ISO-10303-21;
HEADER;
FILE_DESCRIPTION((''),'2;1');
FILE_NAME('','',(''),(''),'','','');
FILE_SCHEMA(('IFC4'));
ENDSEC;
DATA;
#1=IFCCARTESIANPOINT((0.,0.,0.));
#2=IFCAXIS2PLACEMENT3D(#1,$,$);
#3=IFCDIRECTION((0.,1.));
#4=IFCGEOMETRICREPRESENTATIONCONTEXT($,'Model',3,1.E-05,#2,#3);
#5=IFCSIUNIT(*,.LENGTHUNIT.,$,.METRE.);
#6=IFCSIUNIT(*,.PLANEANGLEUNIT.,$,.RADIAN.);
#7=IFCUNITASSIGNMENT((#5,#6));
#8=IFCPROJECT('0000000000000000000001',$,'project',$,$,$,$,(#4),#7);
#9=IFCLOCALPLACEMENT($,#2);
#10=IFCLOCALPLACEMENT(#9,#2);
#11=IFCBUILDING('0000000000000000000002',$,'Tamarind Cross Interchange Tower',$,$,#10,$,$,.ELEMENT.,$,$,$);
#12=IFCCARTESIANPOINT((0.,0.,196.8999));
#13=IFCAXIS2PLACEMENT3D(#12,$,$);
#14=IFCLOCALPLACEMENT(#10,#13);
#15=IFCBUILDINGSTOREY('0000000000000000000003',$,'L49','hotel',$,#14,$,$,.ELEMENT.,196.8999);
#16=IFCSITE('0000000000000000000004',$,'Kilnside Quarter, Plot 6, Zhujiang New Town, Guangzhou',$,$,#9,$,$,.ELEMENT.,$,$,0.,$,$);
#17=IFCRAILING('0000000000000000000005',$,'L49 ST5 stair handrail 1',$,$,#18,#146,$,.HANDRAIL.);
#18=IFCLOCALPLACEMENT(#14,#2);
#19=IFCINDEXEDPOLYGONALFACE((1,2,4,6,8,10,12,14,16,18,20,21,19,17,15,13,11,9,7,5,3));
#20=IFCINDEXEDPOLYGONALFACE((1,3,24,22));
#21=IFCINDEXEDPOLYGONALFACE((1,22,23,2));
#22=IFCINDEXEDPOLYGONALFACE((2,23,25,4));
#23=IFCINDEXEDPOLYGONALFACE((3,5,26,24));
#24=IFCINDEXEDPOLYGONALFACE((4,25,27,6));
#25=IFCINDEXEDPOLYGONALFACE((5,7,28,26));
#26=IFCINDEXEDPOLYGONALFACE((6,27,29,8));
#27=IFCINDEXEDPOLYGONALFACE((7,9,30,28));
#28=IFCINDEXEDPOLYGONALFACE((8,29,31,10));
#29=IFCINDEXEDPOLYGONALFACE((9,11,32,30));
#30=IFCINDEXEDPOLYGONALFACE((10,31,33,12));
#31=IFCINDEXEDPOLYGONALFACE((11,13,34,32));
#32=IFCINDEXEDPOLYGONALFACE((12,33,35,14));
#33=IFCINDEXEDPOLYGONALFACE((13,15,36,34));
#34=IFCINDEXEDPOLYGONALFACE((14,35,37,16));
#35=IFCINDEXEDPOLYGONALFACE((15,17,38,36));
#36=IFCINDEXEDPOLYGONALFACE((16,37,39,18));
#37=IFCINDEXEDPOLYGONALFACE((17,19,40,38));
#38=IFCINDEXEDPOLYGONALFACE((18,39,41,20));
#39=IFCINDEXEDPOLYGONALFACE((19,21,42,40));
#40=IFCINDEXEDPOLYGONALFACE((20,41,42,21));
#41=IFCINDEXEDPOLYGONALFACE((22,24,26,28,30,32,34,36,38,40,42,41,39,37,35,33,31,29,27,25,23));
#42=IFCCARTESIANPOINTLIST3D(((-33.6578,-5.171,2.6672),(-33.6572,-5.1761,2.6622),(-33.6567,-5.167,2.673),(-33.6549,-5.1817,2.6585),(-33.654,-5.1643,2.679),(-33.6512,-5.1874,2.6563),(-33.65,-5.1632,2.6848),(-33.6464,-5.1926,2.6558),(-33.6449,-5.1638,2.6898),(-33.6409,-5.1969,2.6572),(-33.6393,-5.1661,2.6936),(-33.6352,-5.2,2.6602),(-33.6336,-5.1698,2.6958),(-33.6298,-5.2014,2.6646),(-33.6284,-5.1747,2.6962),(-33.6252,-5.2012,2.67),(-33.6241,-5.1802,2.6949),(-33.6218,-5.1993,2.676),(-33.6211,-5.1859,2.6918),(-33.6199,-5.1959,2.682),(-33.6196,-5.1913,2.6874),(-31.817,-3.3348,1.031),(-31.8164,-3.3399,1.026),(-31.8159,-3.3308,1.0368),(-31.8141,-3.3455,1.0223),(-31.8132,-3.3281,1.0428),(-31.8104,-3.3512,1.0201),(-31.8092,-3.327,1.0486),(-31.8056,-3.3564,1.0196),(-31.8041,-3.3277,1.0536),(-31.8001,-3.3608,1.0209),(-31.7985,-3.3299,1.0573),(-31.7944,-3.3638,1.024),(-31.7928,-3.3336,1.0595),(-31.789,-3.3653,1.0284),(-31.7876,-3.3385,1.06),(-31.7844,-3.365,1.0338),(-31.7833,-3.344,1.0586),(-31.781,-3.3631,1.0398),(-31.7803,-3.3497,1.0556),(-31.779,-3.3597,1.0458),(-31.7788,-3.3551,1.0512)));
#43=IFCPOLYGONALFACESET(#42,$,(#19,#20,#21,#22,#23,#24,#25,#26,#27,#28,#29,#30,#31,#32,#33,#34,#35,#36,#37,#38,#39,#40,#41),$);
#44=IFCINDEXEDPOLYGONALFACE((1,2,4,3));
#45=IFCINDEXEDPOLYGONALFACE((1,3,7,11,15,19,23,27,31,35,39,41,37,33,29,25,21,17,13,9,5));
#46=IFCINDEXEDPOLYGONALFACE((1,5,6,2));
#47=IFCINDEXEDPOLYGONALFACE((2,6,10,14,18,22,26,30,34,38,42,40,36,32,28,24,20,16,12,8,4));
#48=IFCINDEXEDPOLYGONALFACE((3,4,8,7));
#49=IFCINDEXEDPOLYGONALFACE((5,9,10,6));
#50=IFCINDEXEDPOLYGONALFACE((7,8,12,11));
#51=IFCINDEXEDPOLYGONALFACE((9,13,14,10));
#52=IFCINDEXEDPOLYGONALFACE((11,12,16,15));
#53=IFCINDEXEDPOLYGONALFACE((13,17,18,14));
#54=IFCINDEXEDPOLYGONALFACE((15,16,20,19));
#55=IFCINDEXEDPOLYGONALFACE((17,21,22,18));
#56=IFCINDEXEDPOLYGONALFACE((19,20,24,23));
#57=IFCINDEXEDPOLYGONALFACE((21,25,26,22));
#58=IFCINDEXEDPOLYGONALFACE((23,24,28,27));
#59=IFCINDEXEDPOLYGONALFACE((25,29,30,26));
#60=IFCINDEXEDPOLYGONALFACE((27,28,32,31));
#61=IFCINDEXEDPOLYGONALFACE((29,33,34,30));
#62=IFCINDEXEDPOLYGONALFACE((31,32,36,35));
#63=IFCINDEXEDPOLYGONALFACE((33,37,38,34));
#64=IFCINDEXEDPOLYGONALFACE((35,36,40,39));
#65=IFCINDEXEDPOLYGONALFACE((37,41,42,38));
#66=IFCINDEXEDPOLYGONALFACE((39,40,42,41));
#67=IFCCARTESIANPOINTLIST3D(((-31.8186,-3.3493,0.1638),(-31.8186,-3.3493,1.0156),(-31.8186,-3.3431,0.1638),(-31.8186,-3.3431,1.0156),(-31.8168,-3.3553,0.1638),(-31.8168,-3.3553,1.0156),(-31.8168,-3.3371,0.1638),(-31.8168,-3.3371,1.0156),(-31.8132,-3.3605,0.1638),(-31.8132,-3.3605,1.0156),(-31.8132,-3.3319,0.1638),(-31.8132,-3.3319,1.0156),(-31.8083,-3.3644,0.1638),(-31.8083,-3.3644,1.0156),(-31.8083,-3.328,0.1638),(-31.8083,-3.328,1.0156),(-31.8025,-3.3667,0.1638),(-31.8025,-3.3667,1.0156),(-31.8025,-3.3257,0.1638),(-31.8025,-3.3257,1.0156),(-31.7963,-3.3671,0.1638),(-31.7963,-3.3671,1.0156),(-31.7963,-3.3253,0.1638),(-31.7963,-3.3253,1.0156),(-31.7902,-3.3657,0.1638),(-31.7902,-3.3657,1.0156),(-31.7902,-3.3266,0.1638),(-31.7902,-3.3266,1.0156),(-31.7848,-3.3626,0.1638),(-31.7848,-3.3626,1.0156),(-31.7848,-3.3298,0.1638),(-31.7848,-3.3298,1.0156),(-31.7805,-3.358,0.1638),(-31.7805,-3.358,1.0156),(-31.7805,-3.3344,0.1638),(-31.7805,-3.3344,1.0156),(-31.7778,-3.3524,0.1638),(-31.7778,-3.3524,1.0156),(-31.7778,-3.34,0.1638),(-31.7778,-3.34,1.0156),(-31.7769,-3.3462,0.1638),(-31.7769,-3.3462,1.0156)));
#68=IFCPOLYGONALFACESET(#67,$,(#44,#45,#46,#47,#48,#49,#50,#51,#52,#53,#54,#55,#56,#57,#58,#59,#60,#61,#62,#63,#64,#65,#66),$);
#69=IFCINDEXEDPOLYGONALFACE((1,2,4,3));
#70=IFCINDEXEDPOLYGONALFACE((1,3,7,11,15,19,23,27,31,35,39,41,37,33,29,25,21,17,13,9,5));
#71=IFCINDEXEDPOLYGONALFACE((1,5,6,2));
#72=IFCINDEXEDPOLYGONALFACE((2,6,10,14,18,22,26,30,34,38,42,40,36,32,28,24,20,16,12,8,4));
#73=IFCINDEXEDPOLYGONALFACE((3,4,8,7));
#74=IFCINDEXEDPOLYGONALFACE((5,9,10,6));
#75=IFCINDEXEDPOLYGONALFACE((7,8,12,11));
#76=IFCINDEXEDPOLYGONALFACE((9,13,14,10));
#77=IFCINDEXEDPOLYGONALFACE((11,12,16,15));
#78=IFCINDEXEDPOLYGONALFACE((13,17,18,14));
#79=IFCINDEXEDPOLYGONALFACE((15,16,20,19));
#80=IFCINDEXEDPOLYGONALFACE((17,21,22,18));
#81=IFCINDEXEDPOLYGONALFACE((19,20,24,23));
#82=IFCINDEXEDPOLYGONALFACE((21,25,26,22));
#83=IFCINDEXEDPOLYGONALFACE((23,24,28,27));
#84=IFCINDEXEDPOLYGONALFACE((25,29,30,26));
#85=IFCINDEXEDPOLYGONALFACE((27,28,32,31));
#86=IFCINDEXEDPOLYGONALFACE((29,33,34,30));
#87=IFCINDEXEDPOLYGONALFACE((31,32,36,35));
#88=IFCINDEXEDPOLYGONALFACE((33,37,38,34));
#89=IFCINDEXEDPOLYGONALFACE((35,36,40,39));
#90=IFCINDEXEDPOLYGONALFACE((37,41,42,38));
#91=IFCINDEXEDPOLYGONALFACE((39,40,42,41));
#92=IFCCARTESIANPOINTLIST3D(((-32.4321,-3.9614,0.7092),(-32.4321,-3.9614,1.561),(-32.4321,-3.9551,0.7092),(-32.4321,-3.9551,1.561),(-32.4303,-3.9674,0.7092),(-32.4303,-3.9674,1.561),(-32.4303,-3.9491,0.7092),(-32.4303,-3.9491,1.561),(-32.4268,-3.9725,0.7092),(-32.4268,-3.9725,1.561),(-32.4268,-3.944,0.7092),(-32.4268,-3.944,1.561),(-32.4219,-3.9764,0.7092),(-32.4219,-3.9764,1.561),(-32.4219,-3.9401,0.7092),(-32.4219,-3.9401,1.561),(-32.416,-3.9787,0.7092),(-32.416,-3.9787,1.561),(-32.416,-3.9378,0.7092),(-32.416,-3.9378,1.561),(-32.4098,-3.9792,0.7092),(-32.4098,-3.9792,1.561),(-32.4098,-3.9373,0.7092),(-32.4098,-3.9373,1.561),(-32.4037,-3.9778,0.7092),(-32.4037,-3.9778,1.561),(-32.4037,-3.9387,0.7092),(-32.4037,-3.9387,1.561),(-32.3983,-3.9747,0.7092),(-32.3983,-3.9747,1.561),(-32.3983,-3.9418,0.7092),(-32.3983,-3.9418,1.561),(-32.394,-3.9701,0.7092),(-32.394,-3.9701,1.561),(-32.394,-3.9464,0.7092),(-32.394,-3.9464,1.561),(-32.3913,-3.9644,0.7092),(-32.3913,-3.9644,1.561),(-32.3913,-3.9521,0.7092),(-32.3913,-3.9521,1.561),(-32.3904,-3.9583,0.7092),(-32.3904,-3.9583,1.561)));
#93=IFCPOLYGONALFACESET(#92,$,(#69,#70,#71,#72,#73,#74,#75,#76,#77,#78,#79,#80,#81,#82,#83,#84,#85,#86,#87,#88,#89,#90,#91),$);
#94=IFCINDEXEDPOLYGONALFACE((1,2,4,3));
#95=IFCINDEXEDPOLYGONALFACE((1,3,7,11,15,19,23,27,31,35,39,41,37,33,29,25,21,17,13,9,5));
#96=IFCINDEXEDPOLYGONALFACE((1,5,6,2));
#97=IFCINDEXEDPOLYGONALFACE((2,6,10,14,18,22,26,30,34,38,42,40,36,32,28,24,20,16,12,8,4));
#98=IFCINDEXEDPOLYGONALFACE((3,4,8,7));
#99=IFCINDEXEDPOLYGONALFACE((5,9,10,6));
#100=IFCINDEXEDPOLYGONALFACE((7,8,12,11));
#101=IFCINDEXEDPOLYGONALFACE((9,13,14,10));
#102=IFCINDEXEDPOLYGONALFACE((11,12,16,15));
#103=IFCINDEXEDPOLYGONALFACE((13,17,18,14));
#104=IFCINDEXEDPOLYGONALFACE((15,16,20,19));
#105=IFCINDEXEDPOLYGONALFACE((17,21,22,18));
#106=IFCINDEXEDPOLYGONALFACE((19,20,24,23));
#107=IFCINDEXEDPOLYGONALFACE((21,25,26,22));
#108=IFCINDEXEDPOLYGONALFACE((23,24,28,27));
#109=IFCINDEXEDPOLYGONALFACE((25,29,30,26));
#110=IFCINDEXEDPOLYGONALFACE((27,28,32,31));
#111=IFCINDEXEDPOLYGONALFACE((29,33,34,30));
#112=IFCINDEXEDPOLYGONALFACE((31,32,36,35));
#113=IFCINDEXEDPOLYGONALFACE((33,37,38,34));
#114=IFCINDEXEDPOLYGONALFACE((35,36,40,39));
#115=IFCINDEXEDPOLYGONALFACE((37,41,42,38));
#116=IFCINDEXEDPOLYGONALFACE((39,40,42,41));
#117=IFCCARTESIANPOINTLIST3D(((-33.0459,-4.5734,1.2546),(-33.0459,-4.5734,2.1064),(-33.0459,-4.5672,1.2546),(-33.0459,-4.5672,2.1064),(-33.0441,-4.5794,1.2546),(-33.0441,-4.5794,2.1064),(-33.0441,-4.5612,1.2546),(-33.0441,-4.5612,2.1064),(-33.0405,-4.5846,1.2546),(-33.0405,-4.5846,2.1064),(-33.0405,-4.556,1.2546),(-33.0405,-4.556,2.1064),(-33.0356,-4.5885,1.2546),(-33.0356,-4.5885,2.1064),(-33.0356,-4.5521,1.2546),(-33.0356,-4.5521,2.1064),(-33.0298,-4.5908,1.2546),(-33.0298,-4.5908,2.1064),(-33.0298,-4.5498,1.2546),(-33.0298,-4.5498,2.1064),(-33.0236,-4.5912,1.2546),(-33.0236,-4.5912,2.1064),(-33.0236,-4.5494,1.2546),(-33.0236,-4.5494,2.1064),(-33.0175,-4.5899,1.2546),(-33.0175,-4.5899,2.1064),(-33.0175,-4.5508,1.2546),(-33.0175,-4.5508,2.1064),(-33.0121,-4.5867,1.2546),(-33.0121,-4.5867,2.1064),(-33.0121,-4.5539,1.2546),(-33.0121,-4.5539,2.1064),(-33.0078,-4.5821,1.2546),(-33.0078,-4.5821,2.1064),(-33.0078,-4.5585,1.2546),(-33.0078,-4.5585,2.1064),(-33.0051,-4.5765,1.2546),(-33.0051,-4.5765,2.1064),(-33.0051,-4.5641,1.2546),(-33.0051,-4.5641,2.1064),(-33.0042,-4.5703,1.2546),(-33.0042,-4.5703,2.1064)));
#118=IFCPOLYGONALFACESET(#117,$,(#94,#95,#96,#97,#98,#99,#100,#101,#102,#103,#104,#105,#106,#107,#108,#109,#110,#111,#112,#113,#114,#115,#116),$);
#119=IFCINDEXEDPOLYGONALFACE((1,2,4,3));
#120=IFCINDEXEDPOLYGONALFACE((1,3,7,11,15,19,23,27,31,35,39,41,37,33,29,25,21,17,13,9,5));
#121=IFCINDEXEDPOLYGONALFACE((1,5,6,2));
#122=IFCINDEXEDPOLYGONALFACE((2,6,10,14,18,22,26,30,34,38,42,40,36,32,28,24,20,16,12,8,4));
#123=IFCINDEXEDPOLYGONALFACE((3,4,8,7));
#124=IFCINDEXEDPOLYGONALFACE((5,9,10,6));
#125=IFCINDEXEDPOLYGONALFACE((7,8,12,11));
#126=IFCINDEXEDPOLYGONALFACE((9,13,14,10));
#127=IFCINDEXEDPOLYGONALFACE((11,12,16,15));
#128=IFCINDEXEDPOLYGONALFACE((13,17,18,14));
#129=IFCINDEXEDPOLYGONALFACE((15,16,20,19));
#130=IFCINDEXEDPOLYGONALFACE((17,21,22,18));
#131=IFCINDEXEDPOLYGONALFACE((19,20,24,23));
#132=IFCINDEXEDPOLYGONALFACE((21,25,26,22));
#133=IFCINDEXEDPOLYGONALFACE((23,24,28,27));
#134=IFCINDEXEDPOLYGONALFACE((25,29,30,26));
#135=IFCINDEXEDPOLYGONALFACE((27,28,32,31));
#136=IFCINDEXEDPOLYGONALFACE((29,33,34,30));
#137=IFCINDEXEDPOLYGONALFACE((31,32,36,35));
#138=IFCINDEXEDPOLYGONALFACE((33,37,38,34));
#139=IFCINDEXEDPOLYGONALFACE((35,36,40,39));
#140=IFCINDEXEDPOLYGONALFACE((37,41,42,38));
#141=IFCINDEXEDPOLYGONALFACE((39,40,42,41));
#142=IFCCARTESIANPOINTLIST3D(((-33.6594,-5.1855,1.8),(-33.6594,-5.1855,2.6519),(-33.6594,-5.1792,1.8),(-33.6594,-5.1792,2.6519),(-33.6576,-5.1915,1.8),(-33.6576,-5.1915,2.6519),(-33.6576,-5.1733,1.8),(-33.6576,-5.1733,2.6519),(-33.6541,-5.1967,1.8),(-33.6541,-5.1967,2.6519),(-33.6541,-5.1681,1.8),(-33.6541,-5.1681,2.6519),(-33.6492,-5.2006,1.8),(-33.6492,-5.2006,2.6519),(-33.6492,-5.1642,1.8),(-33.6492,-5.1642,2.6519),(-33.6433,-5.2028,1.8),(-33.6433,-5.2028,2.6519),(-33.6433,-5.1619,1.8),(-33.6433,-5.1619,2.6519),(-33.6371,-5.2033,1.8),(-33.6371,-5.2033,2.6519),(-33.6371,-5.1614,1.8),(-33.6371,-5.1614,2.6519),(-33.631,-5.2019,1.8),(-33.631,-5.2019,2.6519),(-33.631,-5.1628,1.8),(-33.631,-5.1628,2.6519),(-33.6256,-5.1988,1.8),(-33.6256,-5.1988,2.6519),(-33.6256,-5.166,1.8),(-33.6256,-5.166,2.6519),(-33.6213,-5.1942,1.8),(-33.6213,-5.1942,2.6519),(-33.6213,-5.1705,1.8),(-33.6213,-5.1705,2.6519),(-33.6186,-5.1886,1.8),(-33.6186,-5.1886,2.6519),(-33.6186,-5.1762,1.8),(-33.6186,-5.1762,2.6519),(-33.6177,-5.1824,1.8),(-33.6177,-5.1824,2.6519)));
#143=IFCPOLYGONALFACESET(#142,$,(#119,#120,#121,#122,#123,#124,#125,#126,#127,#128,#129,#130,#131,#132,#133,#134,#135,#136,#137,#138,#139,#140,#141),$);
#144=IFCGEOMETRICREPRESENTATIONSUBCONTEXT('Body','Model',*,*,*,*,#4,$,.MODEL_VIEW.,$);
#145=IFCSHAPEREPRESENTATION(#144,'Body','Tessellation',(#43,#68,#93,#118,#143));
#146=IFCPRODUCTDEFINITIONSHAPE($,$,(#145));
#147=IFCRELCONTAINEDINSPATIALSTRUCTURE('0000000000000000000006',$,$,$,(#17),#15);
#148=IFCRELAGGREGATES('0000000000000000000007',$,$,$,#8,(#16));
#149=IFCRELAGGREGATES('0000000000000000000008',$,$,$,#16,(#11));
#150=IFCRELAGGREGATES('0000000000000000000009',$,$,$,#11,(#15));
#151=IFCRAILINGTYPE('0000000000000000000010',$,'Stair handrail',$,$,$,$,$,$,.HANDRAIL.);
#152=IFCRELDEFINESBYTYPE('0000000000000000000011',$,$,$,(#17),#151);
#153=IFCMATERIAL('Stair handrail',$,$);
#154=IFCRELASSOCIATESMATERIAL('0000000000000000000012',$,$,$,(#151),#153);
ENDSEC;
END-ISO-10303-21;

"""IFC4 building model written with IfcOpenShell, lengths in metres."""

from ifc_helpers import new_model, si_unit, direction, frame, origin, origin_2d, place, context, subcontext, project, spatial, circle, extrude, material, type_object, element, save


model = new_model("IFC4")

# Units and contexts
model_context = context("Model", 3, precision=1e-05, world=origin(), true_north=direction((0.0, 1.0)))
body_context = subcontext(model_context, "Body", "Model", "MODEL_VIEW")
ifc_project = project(units=[si_unit("LENGTHUNIT", "METRE"), si_unit("PLANEANGLEUNIT", "RADIAN")], contexts=[model_context])

# Site, building, storey
site_placement = place(None, origin())
site = spatial("IfcSite", under=ifc_project, at=site_placement, Name="Kilnside Quarter, Plot 6, Zhujiang New Town, Guangzhou", CompositionType="ELEMENT", RefElevation=0.0)
building_placement = place(site_placement, origin())
building = spatial("IfcBuilding", under=site, at=building_placement, Name="Tamarind Cross Interchange Tower", CompositionType="ELEMENT")
storey_placement = place(building_placement, frame((0.0, 0.0, 196.8999)))
storey = spatial("IfcBuildingStorey", under=building, at=storey_placement, Name="L49", Description="hotel", CompositionType="ELEMENT", Elevation=196.8999)

# Railing
ifc_material_1 = material(Name="Stair handrail")
railing_type_1 = type_object("IfcRailingType", Name="Stair handrail", PredefinedType="HANDRAIL", material=ifc_material_1)
railing_1_placement = place(storey_placement, frame((-31.7979, -3.3462, 0.1638)))
element("IfcRailing", 1, at=railing_1_placement, inside=storey, type_object=railing_type_1, Name="L49 ST5 stair handrail 1", PredefinedType="HANDRAIL", context=body_context, shape_type="SweptSolid", body=[
    extrude(circle(Radius=0.0239, at=origin_2d()), frame((0.0, 0.0, 0.876), z_axis=(-0.599217, -0.597708, 0.53262), x_axis=(0.706214, -0.707998, 0.0)), (0.0, 0.0, 1.0), 3.072),
    extrude(circle(Radius=0.021, at=origin_2d()), origin(), (0.0, 0.0, 1.0), 0.8518),
    extrude(circle(Radius=0.021, at=origin_2d()), frame((-0.6135, -0.6121, 0.5454)), (0.0, 0.0, 1.0), 0.8518),
    extrude(circle(Radius=0.021, at=origin_2d()), frame((-1.2273, -1.2241, 1.0908)), (0.0, 0.0, 1.0), 0.8518),
    extrude(circle(Radius=0.021, at=origin_2d()), frame((-1.8408, -1.8362, 1.6362)), (0.0, 0.0, 1.0), 0.8518),
])

save(model, "model.ifc")
